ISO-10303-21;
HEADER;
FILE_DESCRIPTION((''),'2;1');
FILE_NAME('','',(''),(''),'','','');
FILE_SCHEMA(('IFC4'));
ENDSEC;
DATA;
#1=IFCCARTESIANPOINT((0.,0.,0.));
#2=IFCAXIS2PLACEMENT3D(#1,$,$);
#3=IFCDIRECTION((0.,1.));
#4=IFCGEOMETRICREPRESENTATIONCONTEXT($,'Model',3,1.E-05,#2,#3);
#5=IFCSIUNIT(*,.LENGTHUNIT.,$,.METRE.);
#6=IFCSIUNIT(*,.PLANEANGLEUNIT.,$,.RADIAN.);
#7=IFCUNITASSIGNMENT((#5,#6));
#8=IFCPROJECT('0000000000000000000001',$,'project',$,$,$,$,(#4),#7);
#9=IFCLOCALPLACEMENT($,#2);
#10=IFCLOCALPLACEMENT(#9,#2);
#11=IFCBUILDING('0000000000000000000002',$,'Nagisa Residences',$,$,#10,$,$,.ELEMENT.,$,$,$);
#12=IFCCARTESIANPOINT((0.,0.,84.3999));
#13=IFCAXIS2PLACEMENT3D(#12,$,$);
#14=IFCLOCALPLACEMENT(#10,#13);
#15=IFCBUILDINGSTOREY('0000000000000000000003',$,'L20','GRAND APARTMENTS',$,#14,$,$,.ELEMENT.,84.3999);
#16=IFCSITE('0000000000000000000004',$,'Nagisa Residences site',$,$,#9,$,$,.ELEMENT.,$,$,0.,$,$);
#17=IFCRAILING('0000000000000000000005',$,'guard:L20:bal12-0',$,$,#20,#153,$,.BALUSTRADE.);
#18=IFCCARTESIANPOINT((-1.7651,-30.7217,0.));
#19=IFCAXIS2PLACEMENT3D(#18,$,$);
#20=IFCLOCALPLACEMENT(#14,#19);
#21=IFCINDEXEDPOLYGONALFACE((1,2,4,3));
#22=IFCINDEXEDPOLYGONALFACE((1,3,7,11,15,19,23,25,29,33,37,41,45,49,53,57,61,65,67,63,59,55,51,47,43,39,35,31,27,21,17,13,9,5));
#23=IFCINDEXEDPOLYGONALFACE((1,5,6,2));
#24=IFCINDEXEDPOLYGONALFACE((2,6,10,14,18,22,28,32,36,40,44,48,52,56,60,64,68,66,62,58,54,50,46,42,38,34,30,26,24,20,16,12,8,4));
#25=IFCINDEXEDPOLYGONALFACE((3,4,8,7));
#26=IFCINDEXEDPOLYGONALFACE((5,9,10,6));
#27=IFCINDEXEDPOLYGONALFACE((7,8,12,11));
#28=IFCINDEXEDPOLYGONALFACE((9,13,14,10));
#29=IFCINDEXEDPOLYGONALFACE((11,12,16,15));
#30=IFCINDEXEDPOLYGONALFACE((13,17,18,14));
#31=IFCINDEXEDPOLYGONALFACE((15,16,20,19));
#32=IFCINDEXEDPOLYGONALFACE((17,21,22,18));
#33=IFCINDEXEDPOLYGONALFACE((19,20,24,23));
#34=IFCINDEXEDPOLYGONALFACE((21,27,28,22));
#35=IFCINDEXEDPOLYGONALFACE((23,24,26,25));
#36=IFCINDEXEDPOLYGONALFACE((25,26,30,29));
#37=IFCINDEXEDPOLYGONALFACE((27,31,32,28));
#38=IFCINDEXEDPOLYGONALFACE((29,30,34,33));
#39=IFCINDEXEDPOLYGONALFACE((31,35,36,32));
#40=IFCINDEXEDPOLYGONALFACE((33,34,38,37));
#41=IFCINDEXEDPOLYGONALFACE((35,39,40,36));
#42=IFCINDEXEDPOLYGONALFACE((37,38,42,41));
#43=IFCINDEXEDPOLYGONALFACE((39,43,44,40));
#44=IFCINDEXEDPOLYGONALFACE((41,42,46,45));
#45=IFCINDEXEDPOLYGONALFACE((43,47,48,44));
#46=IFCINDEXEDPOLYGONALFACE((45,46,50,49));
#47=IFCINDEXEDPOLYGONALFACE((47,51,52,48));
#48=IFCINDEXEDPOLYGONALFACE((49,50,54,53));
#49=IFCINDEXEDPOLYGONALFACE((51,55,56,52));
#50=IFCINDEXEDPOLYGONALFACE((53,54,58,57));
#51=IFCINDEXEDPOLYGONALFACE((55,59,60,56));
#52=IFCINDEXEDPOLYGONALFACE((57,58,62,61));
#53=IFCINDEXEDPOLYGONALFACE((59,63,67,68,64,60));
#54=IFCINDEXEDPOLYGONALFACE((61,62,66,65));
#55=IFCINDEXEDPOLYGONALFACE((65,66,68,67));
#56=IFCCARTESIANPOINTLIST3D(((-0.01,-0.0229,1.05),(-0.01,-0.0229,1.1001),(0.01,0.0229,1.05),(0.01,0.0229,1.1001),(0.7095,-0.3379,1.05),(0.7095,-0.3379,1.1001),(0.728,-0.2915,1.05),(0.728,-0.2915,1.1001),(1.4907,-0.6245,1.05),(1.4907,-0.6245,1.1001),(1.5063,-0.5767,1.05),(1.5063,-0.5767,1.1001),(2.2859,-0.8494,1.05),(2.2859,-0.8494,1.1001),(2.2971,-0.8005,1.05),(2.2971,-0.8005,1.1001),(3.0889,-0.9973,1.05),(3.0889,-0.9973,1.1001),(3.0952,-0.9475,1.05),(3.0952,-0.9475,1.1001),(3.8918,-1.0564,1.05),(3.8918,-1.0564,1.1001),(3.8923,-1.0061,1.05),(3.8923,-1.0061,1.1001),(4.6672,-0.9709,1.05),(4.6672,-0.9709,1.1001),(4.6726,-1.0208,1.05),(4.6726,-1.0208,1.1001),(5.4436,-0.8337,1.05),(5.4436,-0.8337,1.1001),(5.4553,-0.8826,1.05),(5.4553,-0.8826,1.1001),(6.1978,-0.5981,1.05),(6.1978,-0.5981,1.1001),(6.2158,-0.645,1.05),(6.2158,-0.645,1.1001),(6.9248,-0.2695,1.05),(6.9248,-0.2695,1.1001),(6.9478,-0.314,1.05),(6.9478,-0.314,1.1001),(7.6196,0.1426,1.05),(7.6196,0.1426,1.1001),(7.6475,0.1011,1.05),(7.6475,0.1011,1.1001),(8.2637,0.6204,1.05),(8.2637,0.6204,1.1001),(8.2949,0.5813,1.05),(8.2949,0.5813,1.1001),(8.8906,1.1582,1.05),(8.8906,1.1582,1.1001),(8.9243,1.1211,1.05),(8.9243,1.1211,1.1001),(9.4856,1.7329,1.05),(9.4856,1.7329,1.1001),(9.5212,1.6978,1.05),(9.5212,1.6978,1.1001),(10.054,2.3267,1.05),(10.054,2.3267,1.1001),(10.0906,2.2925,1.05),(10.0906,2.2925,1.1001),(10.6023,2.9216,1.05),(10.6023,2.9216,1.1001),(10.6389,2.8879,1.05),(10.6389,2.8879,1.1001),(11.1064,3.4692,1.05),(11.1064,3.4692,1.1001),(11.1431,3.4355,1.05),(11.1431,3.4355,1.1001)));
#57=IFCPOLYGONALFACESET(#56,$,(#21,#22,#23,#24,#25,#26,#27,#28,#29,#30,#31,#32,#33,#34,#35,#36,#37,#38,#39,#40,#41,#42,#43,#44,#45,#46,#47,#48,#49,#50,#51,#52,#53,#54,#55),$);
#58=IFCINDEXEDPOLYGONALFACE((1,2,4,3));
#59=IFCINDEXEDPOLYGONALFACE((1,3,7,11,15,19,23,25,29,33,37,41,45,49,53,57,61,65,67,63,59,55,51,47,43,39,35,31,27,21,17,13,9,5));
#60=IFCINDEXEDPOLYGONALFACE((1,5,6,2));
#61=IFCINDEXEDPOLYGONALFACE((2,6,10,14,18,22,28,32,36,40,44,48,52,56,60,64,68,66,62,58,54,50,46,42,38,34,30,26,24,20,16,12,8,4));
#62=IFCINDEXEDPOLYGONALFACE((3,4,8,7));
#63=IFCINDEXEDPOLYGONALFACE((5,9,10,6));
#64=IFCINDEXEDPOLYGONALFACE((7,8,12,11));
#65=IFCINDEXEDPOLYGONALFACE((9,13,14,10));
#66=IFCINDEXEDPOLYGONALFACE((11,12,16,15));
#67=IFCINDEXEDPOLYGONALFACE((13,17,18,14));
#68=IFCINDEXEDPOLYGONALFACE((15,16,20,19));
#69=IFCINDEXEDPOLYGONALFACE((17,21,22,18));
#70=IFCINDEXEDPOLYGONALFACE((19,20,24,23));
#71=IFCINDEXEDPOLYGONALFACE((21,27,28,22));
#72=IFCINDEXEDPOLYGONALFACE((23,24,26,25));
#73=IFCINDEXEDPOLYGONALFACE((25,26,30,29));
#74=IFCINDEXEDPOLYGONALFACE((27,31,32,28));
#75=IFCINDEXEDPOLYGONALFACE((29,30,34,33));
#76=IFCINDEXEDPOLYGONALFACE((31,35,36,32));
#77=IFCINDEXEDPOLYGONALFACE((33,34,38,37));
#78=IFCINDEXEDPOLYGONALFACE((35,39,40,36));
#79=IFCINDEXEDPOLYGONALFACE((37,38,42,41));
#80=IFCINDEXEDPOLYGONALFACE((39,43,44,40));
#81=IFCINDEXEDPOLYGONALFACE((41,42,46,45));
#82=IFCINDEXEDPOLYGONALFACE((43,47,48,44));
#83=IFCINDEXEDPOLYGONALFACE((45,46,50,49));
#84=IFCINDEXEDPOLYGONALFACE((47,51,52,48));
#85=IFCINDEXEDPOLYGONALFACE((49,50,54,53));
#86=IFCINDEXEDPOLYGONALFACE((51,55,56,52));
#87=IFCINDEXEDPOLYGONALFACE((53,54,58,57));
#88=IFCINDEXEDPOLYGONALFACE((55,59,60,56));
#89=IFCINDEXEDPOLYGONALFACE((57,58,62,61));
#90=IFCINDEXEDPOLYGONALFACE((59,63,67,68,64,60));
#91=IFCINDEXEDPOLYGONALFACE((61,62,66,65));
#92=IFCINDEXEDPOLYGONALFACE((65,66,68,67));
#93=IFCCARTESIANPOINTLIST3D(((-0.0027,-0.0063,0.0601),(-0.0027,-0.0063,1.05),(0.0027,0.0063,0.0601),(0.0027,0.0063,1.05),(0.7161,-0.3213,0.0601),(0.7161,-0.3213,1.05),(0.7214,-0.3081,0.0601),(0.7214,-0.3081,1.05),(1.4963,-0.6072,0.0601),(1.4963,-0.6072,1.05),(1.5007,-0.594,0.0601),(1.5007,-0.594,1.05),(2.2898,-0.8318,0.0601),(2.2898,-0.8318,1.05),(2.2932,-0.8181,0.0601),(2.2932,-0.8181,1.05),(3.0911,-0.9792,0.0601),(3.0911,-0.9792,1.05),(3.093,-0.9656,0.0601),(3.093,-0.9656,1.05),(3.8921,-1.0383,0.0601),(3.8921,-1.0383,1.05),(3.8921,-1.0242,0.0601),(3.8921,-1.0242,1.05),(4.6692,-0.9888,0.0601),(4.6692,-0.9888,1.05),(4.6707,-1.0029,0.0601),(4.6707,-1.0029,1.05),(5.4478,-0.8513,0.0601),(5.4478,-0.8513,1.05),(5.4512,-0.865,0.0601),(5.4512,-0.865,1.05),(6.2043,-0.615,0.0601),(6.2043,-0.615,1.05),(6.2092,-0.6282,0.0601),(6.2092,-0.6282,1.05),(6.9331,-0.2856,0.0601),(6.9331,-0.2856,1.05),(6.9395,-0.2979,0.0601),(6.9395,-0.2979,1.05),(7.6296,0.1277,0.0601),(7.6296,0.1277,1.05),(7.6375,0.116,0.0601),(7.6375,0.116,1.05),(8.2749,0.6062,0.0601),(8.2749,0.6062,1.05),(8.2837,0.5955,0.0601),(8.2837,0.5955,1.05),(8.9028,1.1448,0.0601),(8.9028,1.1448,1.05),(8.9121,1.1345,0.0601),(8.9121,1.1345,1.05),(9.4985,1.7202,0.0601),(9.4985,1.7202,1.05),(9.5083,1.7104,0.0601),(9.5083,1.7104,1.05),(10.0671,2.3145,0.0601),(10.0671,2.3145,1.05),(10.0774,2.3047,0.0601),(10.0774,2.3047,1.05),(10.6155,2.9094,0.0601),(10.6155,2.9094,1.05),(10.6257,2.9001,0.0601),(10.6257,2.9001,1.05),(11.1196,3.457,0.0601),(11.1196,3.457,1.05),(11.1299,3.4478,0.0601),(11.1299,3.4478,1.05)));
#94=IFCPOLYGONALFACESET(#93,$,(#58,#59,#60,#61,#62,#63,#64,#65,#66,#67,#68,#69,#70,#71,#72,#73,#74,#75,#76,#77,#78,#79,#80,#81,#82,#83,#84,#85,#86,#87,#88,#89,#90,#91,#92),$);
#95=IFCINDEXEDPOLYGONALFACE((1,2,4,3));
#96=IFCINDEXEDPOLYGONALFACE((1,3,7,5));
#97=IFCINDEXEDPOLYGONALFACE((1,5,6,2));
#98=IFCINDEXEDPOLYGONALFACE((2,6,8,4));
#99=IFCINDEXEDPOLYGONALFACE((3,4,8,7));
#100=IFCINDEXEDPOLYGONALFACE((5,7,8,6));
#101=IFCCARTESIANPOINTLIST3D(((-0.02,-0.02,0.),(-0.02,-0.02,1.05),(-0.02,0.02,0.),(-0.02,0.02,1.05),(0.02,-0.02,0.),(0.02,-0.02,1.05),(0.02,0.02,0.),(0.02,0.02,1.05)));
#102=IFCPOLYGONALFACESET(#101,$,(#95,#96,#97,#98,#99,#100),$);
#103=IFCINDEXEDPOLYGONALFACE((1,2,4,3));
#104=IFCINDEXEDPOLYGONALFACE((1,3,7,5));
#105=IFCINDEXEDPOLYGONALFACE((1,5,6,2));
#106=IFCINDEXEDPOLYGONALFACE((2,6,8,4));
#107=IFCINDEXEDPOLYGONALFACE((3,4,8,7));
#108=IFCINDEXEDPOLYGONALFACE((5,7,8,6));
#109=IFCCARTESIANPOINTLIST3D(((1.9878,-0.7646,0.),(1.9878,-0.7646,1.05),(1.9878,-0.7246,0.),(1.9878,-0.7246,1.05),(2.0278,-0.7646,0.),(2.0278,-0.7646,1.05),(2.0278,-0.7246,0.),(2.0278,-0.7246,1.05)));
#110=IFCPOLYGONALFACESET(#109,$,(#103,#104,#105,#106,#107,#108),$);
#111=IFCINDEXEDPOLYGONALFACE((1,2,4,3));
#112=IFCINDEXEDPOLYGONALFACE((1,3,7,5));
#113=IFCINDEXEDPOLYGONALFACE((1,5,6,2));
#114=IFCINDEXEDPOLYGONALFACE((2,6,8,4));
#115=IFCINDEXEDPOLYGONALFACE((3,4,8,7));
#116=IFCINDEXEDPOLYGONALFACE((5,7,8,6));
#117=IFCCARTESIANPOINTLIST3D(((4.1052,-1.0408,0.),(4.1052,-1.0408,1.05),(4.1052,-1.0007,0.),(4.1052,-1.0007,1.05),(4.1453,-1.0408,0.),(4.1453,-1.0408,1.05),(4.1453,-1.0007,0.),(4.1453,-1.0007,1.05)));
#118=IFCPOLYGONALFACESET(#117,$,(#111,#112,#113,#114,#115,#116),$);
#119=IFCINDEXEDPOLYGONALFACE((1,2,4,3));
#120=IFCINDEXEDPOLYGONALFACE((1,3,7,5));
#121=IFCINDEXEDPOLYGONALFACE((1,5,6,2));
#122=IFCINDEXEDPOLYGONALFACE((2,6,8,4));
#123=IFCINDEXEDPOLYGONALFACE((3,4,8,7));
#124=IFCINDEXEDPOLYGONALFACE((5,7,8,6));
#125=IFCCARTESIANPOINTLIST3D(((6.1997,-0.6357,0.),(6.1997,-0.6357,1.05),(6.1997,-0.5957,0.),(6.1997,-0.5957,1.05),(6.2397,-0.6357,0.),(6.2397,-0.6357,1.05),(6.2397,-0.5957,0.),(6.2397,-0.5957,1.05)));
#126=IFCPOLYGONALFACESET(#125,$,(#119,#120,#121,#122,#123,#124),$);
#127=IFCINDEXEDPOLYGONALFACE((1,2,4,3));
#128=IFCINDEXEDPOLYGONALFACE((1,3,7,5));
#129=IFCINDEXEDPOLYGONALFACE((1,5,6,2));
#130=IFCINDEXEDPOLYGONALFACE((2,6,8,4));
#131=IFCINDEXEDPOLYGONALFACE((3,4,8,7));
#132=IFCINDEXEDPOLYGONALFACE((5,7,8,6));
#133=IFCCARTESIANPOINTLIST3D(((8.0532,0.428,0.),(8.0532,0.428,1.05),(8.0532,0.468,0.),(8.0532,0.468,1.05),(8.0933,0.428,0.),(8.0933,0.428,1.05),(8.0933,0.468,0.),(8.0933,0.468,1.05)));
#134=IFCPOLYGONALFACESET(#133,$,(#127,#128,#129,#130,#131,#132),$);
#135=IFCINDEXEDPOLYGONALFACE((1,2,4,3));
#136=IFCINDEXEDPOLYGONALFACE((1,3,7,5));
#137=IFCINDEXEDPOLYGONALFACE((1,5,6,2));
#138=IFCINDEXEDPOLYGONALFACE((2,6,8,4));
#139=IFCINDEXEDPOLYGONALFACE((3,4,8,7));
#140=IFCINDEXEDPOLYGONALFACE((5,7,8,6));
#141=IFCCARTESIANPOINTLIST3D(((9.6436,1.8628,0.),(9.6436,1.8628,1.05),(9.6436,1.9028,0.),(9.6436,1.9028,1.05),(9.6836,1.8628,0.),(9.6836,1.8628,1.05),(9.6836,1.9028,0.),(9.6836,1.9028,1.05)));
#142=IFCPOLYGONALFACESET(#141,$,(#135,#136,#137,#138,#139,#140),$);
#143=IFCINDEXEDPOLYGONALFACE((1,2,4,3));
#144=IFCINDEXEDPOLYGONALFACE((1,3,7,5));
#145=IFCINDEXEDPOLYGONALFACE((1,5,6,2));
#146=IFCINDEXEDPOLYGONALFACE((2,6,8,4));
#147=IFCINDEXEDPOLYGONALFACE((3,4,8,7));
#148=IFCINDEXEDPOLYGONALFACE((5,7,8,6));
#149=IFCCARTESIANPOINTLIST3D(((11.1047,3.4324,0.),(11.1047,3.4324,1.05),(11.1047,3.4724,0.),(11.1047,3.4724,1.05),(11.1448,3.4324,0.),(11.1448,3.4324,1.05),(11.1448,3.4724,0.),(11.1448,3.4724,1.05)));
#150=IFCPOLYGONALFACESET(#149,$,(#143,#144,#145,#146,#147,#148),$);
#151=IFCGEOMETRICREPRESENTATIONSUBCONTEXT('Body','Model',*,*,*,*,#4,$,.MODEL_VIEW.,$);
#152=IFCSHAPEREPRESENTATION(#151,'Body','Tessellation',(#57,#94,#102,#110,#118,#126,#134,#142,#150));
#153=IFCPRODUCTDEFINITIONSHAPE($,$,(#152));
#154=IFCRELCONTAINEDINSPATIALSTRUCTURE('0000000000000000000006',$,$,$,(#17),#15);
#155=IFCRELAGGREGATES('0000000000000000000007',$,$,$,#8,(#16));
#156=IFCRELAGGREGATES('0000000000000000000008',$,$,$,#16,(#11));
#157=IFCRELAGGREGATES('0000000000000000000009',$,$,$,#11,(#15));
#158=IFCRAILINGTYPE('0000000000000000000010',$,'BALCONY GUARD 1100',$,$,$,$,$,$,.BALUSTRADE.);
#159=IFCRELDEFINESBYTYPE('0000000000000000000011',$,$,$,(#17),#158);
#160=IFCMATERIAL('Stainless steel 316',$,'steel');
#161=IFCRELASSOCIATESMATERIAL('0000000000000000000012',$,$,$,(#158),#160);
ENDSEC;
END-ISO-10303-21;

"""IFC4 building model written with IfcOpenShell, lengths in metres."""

from ifc_helpers import new_model, si_unit, direction, frame, origin, origin_2d, place, context, subcontext, project, spatial, polyline, rectangle, outline, extrude, material, type_object, element, save


model = new_model("IFC4")

# Units and contexts
model_context = context("Model", 3, precision=1e-05, world=origin(), true_north=direction((0.0, 1.0)))
body_context = subcontext(model_context, "Body", "Model", "MODEL_VIEW")
ifc_project = project(units=[si_unit("LENGTHUNIT", "METRE"), si_unit("PLANEANGLEUNIT", "RADIAN")], contexts=[model_context])

# Site, building, storey
site_placement = place(None, origin())
site = spatial("IfcSite", under=ifc_project, at=site_placement, Name="Nagisa Residences site", CompositionType="ELEMENT", RefElevation=0.0)
building_placement = place(site_placement, origin())
building = spatial("IfcBuilding", under=site, at=building_placement, Name="Nagisa Residences", CompositionType="ELEMENT")
storey_placement = place(building_placement, frame((0.0, 0.0, 84.3999)))
storey = spatial("IfcBuildingStorey", under=building, at=storey_placement, Name="L20", Description="GRAND APARTMENTS", CompositionType="ELEMENT", Elevation=84.3999)

# Railing
ifc_material_1 = material(Name="Stainless steel 316", Category="steel")
railing_type = type_object("IfcRailingType", Name="BALCONY GUARD 1100", PredefinedType="BALUSTRADE", material=ifc_material_1)
railing_placement = place(storey_placement, frame((-1.7651, -30.7217, 0.0)))
element("IfcRailing", 1, at=railing_placement, inside=storey, type_object=railing_type, Name="guard:L20:bal12-0", PredefinedType="BALUSTRADE", context=body_context, shape_type="SweptSolid", body=[
    extrude(outline(polyline([(0.728, -0.2915), (0.01, 0.0229), (-0.01, -0.0229), (0.7095, -0.3379), (1.4907, -0.6245), (2.2859, -0.8494), (3.0889, -0.9973), (3.8918, -1.0564), (4.6726, -1.0208), (5.4553, -0.8826), (6.2158, -0.645), (6.9478, -0.314), (7.6475, 0.1011), (8.2949, 0.5813), (8.9243, 1.1211), (9.5212, 1.6978), (10.0906, 2.2925), (10.6389, 2.8879), (11.1431, 3.4355), (11.1064, 3.4692), (10.6023, 2.9216), (10.054, 2.3267), (9.4856, 1.7329), (8.8906, 1.1582), (8.2637, 0.6204), (7.6196, 0.1426), (6.9248, -0.2695), (6.1978, -0.5981), (5.4436, -0.8337), (4.6672, -0.9709), (3.8923, -1.0061), (3.0952, -0.9475), (2.2971, -0.8005), (1.5063, -0.5767), (0.728, -0.2915)])), frame((0.0, 0.0, 1.05)), (0.0, 0.0, 1.0), 0.05),
    extrude(outline(polyline([(0.7214, -0.3081), (0.0027, 0.0063), (-0.0027, -0.0063), (0.7161, -0.3213), (1.4963, -0.6072), (2.2898, -0.8318), (3.0911, -0.9792), (3.8921, -1.0383), (4.6707, -1.0029), (5.4512, -0.865), (6.2092, -0.6282), (6.9395, -0.2979), (7.6375, 0.116), (8.2837, 0.5955), (8.9121, 1.1345), (9.5083, 1.7104), (10.0774, 2.3047), (10.6257, 2.9001), (11.1299, 3.4478), (11.1196, 3.457), (10.6155, 2.9094), (10.0671, 2.3145), (9.4985, 1.7202), (8.9028, 1.1448), (8.2749, 0.6062), (7.6296, 0.1277), (6.9331, -0.2856), (6.2043, -0.615), (5.4478, -0.8513), (4.6692, -0.9888), (3.8921, -1.0242), (3.093, -0.9656), (2.2932, -0.8181), (1.5007, -0.594), (0.7214, -0.3081)])), frame((0.0, 0.0, 0.0601)), (0.0, 0.0, 1.0), 0.99),
    extrude(rectangle(XDim=0.04, YDim=0.04, at=origin_2d()), origin(), (0.0, 0.0, 1.0), 1.05),
    extrude(rectangle(XDim=0.04, YDim=0.04, at=origin_2d()), frame((2.0078, -0.7446, 0.0)), (0.0, 0.0, 1.0), 1.05),
    extrude(rectangle(XDim=0.04, YDim=0.04, at=origin_2d()), frame((4.1252, -1.0208, 0.0)), (0.0, 0.0, 1.0), 1.05),
    extrude(rectangle(XDim=0.04, YDim=0.04, at=origin_2d()), frame((6.2197, -0.6157, 0.0)), (0.0, 0.0, 1.0), 1.05),
    extrude(rectangle(XDim=0.04, YDim=0.04, at=origin_2d()), frame((8.0732, 0.448, 0.0)), (0.0, 0.0, 1.0), 1.05),
    extrude(rectangle(XDim=0.04, YDim=0.04, at=origin_2d()), frame((9.6636, 1.8828, 0.0)), (0.0, 0.0, 1.0), 1.05),
    extrude(rectangle(XDim=0.04, YDim=0.04, at=origin_2d()), frame((11.1248, 3.4524, 0.0)), (0.0, 0.0, 1.0), 1.05),
])

save(model, "model.ifc")
